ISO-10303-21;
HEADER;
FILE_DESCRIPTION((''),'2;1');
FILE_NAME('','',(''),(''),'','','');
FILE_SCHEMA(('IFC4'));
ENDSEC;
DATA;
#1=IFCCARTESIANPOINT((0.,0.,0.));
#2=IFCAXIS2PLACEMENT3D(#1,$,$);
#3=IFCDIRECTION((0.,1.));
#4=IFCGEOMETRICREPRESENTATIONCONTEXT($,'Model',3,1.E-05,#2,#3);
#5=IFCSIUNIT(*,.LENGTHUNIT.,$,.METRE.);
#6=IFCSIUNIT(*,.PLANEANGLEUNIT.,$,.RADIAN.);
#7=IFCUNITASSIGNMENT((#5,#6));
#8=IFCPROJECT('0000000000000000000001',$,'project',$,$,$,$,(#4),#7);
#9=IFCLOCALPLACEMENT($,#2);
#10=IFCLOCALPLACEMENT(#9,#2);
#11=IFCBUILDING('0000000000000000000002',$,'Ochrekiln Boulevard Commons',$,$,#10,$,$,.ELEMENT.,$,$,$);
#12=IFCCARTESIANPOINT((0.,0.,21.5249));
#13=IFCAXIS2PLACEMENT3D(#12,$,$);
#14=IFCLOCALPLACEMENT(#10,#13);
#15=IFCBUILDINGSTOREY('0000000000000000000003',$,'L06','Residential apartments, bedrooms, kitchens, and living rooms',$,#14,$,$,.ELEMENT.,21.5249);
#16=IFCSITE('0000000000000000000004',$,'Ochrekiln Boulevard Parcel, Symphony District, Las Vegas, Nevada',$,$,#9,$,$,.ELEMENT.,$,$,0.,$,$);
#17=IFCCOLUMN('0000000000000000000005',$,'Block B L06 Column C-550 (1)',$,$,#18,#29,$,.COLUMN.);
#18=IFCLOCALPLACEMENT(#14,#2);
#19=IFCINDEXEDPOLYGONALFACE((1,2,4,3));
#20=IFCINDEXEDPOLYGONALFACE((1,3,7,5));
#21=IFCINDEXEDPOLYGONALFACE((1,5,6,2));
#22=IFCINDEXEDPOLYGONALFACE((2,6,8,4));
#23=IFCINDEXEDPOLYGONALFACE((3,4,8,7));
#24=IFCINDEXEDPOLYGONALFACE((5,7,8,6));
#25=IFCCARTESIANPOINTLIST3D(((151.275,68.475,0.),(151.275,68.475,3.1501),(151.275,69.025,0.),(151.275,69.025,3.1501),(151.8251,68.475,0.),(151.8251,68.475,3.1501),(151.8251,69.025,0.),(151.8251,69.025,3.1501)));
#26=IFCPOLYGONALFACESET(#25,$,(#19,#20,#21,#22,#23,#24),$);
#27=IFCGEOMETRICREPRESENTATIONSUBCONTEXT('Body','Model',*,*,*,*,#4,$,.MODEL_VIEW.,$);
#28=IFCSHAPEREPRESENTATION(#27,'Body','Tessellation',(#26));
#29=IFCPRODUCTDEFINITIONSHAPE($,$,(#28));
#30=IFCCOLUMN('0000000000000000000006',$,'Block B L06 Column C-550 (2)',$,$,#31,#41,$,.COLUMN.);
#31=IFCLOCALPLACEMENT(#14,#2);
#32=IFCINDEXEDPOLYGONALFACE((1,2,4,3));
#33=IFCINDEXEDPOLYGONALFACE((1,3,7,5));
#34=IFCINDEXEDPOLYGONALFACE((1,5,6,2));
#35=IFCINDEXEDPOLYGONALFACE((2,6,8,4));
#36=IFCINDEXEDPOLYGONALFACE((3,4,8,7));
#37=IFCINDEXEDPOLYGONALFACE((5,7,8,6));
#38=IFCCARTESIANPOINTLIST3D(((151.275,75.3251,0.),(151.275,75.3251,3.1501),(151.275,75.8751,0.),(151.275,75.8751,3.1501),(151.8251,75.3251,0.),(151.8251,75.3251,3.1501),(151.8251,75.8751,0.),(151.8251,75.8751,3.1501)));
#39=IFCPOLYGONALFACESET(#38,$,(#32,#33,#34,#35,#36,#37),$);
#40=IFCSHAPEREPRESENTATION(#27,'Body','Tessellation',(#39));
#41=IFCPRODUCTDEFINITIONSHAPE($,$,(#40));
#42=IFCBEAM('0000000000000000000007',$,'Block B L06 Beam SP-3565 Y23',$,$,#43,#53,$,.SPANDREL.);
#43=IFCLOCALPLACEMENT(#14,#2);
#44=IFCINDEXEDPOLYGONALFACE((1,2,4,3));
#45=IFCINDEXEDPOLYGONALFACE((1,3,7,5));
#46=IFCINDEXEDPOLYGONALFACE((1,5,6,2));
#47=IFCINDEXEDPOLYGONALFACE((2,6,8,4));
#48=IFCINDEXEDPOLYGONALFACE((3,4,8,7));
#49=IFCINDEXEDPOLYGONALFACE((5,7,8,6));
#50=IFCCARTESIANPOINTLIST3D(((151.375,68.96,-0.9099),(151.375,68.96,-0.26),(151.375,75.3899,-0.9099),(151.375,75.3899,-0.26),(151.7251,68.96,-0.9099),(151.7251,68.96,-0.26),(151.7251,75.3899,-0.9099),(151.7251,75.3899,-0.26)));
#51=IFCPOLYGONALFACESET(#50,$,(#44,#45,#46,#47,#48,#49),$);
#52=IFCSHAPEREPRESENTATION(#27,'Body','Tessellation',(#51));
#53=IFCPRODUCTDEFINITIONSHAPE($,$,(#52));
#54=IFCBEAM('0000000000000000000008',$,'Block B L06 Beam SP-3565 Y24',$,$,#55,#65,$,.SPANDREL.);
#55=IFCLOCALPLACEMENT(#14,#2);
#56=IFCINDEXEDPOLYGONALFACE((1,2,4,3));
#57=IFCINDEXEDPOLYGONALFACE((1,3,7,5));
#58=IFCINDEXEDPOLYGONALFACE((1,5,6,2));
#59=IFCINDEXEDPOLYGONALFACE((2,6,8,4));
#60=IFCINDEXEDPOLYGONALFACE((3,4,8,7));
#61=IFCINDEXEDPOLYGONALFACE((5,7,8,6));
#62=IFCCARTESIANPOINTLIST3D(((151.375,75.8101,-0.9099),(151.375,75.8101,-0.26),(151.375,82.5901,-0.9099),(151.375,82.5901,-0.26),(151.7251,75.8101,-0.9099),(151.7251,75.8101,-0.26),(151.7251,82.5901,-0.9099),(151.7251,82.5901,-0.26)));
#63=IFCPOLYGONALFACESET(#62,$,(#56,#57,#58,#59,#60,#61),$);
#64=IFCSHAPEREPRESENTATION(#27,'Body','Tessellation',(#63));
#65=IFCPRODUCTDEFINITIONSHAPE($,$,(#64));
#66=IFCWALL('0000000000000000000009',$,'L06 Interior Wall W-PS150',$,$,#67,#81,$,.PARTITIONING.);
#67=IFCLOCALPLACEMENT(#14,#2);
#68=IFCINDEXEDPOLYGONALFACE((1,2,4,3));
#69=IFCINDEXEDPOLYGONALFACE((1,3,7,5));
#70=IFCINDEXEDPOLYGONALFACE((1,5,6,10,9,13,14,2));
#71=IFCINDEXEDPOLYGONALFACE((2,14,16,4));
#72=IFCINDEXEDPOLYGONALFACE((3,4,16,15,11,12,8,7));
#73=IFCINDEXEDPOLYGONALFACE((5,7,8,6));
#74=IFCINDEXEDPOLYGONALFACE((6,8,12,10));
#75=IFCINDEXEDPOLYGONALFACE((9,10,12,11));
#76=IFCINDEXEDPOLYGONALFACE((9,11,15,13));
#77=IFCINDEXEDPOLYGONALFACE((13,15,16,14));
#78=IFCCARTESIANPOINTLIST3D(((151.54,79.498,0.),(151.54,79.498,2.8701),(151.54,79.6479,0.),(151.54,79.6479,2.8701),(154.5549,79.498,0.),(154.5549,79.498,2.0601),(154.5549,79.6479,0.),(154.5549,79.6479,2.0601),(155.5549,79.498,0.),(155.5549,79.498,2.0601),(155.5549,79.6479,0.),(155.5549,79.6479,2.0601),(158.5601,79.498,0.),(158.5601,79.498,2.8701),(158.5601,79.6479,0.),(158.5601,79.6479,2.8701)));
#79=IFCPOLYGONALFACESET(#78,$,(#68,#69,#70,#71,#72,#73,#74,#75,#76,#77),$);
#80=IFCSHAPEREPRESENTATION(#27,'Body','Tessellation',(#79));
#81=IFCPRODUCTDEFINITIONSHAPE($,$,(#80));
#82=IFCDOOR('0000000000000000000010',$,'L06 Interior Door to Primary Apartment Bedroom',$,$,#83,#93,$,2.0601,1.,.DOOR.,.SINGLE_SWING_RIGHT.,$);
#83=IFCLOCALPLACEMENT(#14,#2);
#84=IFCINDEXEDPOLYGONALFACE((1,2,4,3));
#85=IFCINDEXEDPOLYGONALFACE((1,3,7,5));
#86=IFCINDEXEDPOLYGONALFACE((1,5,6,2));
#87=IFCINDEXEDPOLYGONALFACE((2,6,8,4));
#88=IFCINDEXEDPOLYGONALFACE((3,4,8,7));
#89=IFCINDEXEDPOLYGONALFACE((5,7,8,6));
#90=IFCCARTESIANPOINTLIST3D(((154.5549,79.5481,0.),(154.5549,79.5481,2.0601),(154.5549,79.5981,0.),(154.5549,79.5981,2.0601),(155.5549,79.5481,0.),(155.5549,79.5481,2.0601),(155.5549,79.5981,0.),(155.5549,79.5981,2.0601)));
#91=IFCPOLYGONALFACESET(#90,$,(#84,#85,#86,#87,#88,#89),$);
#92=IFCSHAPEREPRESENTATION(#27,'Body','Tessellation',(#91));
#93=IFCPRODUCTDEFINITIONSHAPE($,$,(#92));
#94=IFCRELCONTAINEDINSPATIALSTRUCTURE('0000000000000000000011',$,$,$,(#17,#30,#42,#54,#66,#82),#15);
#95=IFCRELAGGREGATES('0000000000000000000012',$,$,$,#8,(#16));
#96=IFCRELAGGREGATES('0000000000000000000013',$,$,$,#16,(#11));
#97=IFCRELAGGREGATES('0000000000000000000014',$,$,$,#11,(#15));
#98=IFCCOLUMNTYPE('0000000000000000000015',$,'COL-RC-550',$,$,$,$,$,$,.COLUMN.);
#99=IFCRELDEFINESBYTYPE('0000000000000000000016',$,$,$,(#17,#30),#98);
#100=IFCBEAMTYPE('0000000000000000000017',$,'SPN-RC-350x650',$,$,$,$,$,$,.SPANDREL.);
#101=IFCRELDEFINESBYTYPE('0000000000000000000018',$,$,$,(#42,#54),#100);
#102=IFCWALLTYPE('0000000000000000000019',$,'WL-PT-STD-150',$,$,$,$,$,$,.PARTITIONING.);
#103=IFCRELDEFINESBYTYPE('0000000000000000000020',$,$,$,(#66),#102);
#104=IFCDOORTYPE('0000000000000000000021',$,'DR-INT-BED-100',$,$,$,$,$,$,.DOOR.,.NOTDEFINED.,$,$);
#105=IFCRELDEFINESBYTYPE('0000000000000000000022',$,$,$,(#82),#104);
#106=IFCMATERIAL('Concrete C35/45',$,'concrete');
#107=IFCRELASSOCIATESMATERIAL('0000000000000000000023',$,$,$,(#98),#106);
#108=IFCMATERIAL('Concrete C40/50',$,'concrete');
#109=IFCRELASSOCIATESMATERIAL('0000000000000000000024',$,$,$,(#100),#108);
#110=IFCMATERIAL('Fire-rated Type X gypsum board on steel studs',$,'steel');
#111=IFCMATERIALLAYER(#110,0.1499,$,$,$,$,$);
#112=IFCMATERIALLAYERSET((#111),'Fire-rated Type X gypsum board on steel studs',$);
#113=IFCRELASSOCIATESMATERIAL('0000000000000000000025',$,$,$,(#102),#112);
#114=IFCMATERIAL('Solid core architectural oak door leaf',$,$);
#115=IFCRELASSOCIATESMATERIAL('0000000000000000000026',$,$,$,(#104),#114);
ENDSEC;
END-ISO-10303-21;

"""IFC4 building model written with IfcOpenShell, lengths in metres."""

from ifc_helpers import new_model, si_unit, direction, frame, frame_2d, origin, origin_2d, place, context, subcontext, project, spatial, rectangle, extrude, material, layer, layer_set, material_profile, profile_set, type_object, element, fill, save


model = new_model("IFC4")

# Units and contexts
model_context = context("Model", 3, precision=1e-05, world=origin(), true_north=direction((0.0, 1.0)))
body_context = subcontext(model_context, "Body", "Model", "MODEL_VIEW")
ifc_project = project(units=[si_unit("LENGTHUNIT", "METRE"), si_unit("PLANEANGLEUNIT", "RADIAN")], contexts=[model_context])

# Site, building, storey
site_placement = place(None, origin())
site = spatial("IfcSite", under=ifc_project, at=site_placement, Name="Ochrekiln Boulevard Parcel, Symphony District, Las Vegas, Nevada", CompositionType="ELEMENT", RefElevation=0.0)
building_placement = place(site_placement, origin())
building = spatial("IfcBuilding", under=site, at=building_placement, Name="Ochrekiln Boulevard Commons", CompositionType="ELEMENT")
storey_placement = place(building_placement, frame((0.0, 0.0, 21.5249)))
storey = spatial("IfcBuildingStorey", under=building, at=storey_placement, Name="L06", Description="Residential apartments, bedrooms, kitchens, and living rooms", CompositionType="ELEMENT", Elevation=21.5249)

# Columns
ifc_material_1 = material(Name="Concrete C35/45", Category="concrete")
ifc_material_profile_1 = material_profile(ifc_material_1, rectangle(XDim=0.55, YDim=0.55, at=origin_2d()), Name="RC-COL-550x550")
ifc_profile_set_1 = profile_set([ifc_material_profile_1], Name="Concrete C35/45")
column_type = type_object("IfcColumnType", Name="COL-RC-550", PredefinedType="COLUMN", material=ifc_profile_set_1)
for number, where, z_axis, x_axis, name in (
    (1, (151.55, 68.75, 0.0), (0.0, 0.0, 1.0), (1.0, 0.0, 0.0), "Block B L06 Column C-550 (1)"),
    (2, (151.55, 75.6001, 0.0), (0.0, 0.0, 1.0), (1.0, 0.0, 0.0), "Block B L06 Column C-550 (2)"),
):
    element("IfcColumn", number, at=place(storey_placement, frame(where, z_axis=z_axis, x_axis=x_axis)), inside=storey, type_object=column_type, Name=name, PredefinedType="COLUMN", context=body_context, shape_type="SweptSolid", body=[
        extrude(rectangle(XDim=0.55, YDim=0.55, at=origin_2d()), origin(), (0.0, 0.0, 1.0), 3.1501),
    ])

# Beams
ifc_material_2 = material(Name="Concrete C40/50", Category="concrete")
ifc_material_profile_2 = material_profile(ifc_material_2, rectangle(XDim=0.3501, YDim=0.6499, at=origin_2d()), Name="RC-SPN-350x650")
ifc_profile_set_2 = profile_set([ifc_material_profile_2], Name="Concrete C40/50")
beam_type = type_object("IfcBeamType", Name="SPN-RC-350x650", PredefinedType="SPANDREL", material=ifc_profile_set_2)
beam_1_placement = place(storey_placement, frame((151.55, 68.96, -0.585), z_axis=(0.0, 1.0, 0.0), x_axis=(-1.0, 0.0, 0.0)))
element("IfcBeam", 3, at=beam_1_placement, inside=storey, type_object=beam_type, Name="Block B L06 Beam SP-3565 Y23", PredefinedType="SPANDREL", context=body_context, shape_type="SweptSolid", body=[
    extrude(rectangle(XDim=0.3501, YDim=0.6499, at=origin_2d()), origin(), (0.0, 0.0, 1.0), 6.4299),
])
beam_2_placement = place(storey_placement, frame((151.55, 75.8101, -0.585), z_axis=(0.0, 1.0, 0.0), x_axis=(-1.0, 0.0, 0.0)))
element("IfcBeam", 4, at=beam_2_placement, inside=storey, type_object=beam_type, Name="Block B L06 Beam SP-3565 Y24", PredefinedType="SPANDREL", context=body_context, shape_type="SweptSolid", body=[
    extrude(rectangle(XDim=0.3501, YDim=0.6499, at=origin_2d()), origin(), (0.0, 0.0, 1.0), 6.78),
])

# Wall, opening, door
ifc_material_3 = material(Name="Fire-rated Type X gypsum board on steel studs", Category="steel")
ifc_layer_1 = layer(ifc_material_3, 0.1499)
ifc_layer_set_1 = layer_set([ifc_layer_1], Name="Fire-rated Type X gypsum board on steel studs")
wall_type_1 = type_object("IfcWallType", Name="WL-PT-STD-150", PredefinedType="PARTITIONING", material=ifc_layer_set_1)
wall_1_placement = place(storey_placement, frame((151.54, 79.573, 0.0), z_axis=(0.0, 0.0, 1.0), x_axis=(1.0, 0.0, 0.0)))
wall_1 = element("IfcWall", 5, at=wall_1_placement, inside=storey, type_object=wall_type_1, Name="L06 Interior Wall W-PS150", PredefinedType="PARTITIONING", context=body_context, shape_type="SweptSolid", body=[
    extrude(rectangle(XDim=7.02, YDim=0.1499, at=frame_2d((3.51, 0.0))), origin(), (0.0, 0.0, 1.0), 2.8701),
])
opening_1_placement = place(wall_1_placement, frame((3.0149, 0.0, 0.0)))
opening_1 = element("IfcOpeningElement", 6, at=opening_1_placement, cuts=wall_1, PredefinedType="OPENING", context=body_context, shape_type="SweptSolid", body=[
    extrude(rectangle(XDim=1.0, YDim=2.0601, at=frame_2d((0.5, 1.03))), frame((0.0, 0.085, 0.0), z_axis=(0.0, -1.0, 0.0), x_axis=(1.0, 0.0, 0.0)), (0.0, 0.0, 1.0), 0.1699),
])
ifc_material_4 = material(Name="Solid core architectural oak door leaf")
door_type_1 = type_object("IfcDoorType", Name="DR-INT-BED-100", OperationType="NOTDEFINED", PredefinedType="DOOR", material=ifc_material_4)
door_1_placement = place(opening_1_placement, frame((1.0, 0.0, 0.0), z_axis=(0.0, 0.0, 1.0), x_axis=(-1.0, 0.0, 0.0)))
door_1 = element("IfcDoor", 7, at=door_1_placement, inside=storey, type_object=door_type_1, Name="L06 Interior Door to Primary Apartment Bedroom", OperationType="SINGLE_SWING_RIGHT", OverallHeight=2.0601, OverallWidth=1.0, PredefinedType="DOOR", context=body_context, shape_type="SweptSolid", body=[
    extrude(rectangle(XDim=1.0, YDim=2.0601, at=frame_2d((0.5, 1.03))), frame((0.0, 0.0249, 0.0), z_axis=(0.0, -1.0, 0.0), x_axis=(1.0, 0.0, 0.0)), (0.0, 0.0, 1.0), 0.05),
])
fill(opening_1, door_1)

save(model, "model.ifc")
